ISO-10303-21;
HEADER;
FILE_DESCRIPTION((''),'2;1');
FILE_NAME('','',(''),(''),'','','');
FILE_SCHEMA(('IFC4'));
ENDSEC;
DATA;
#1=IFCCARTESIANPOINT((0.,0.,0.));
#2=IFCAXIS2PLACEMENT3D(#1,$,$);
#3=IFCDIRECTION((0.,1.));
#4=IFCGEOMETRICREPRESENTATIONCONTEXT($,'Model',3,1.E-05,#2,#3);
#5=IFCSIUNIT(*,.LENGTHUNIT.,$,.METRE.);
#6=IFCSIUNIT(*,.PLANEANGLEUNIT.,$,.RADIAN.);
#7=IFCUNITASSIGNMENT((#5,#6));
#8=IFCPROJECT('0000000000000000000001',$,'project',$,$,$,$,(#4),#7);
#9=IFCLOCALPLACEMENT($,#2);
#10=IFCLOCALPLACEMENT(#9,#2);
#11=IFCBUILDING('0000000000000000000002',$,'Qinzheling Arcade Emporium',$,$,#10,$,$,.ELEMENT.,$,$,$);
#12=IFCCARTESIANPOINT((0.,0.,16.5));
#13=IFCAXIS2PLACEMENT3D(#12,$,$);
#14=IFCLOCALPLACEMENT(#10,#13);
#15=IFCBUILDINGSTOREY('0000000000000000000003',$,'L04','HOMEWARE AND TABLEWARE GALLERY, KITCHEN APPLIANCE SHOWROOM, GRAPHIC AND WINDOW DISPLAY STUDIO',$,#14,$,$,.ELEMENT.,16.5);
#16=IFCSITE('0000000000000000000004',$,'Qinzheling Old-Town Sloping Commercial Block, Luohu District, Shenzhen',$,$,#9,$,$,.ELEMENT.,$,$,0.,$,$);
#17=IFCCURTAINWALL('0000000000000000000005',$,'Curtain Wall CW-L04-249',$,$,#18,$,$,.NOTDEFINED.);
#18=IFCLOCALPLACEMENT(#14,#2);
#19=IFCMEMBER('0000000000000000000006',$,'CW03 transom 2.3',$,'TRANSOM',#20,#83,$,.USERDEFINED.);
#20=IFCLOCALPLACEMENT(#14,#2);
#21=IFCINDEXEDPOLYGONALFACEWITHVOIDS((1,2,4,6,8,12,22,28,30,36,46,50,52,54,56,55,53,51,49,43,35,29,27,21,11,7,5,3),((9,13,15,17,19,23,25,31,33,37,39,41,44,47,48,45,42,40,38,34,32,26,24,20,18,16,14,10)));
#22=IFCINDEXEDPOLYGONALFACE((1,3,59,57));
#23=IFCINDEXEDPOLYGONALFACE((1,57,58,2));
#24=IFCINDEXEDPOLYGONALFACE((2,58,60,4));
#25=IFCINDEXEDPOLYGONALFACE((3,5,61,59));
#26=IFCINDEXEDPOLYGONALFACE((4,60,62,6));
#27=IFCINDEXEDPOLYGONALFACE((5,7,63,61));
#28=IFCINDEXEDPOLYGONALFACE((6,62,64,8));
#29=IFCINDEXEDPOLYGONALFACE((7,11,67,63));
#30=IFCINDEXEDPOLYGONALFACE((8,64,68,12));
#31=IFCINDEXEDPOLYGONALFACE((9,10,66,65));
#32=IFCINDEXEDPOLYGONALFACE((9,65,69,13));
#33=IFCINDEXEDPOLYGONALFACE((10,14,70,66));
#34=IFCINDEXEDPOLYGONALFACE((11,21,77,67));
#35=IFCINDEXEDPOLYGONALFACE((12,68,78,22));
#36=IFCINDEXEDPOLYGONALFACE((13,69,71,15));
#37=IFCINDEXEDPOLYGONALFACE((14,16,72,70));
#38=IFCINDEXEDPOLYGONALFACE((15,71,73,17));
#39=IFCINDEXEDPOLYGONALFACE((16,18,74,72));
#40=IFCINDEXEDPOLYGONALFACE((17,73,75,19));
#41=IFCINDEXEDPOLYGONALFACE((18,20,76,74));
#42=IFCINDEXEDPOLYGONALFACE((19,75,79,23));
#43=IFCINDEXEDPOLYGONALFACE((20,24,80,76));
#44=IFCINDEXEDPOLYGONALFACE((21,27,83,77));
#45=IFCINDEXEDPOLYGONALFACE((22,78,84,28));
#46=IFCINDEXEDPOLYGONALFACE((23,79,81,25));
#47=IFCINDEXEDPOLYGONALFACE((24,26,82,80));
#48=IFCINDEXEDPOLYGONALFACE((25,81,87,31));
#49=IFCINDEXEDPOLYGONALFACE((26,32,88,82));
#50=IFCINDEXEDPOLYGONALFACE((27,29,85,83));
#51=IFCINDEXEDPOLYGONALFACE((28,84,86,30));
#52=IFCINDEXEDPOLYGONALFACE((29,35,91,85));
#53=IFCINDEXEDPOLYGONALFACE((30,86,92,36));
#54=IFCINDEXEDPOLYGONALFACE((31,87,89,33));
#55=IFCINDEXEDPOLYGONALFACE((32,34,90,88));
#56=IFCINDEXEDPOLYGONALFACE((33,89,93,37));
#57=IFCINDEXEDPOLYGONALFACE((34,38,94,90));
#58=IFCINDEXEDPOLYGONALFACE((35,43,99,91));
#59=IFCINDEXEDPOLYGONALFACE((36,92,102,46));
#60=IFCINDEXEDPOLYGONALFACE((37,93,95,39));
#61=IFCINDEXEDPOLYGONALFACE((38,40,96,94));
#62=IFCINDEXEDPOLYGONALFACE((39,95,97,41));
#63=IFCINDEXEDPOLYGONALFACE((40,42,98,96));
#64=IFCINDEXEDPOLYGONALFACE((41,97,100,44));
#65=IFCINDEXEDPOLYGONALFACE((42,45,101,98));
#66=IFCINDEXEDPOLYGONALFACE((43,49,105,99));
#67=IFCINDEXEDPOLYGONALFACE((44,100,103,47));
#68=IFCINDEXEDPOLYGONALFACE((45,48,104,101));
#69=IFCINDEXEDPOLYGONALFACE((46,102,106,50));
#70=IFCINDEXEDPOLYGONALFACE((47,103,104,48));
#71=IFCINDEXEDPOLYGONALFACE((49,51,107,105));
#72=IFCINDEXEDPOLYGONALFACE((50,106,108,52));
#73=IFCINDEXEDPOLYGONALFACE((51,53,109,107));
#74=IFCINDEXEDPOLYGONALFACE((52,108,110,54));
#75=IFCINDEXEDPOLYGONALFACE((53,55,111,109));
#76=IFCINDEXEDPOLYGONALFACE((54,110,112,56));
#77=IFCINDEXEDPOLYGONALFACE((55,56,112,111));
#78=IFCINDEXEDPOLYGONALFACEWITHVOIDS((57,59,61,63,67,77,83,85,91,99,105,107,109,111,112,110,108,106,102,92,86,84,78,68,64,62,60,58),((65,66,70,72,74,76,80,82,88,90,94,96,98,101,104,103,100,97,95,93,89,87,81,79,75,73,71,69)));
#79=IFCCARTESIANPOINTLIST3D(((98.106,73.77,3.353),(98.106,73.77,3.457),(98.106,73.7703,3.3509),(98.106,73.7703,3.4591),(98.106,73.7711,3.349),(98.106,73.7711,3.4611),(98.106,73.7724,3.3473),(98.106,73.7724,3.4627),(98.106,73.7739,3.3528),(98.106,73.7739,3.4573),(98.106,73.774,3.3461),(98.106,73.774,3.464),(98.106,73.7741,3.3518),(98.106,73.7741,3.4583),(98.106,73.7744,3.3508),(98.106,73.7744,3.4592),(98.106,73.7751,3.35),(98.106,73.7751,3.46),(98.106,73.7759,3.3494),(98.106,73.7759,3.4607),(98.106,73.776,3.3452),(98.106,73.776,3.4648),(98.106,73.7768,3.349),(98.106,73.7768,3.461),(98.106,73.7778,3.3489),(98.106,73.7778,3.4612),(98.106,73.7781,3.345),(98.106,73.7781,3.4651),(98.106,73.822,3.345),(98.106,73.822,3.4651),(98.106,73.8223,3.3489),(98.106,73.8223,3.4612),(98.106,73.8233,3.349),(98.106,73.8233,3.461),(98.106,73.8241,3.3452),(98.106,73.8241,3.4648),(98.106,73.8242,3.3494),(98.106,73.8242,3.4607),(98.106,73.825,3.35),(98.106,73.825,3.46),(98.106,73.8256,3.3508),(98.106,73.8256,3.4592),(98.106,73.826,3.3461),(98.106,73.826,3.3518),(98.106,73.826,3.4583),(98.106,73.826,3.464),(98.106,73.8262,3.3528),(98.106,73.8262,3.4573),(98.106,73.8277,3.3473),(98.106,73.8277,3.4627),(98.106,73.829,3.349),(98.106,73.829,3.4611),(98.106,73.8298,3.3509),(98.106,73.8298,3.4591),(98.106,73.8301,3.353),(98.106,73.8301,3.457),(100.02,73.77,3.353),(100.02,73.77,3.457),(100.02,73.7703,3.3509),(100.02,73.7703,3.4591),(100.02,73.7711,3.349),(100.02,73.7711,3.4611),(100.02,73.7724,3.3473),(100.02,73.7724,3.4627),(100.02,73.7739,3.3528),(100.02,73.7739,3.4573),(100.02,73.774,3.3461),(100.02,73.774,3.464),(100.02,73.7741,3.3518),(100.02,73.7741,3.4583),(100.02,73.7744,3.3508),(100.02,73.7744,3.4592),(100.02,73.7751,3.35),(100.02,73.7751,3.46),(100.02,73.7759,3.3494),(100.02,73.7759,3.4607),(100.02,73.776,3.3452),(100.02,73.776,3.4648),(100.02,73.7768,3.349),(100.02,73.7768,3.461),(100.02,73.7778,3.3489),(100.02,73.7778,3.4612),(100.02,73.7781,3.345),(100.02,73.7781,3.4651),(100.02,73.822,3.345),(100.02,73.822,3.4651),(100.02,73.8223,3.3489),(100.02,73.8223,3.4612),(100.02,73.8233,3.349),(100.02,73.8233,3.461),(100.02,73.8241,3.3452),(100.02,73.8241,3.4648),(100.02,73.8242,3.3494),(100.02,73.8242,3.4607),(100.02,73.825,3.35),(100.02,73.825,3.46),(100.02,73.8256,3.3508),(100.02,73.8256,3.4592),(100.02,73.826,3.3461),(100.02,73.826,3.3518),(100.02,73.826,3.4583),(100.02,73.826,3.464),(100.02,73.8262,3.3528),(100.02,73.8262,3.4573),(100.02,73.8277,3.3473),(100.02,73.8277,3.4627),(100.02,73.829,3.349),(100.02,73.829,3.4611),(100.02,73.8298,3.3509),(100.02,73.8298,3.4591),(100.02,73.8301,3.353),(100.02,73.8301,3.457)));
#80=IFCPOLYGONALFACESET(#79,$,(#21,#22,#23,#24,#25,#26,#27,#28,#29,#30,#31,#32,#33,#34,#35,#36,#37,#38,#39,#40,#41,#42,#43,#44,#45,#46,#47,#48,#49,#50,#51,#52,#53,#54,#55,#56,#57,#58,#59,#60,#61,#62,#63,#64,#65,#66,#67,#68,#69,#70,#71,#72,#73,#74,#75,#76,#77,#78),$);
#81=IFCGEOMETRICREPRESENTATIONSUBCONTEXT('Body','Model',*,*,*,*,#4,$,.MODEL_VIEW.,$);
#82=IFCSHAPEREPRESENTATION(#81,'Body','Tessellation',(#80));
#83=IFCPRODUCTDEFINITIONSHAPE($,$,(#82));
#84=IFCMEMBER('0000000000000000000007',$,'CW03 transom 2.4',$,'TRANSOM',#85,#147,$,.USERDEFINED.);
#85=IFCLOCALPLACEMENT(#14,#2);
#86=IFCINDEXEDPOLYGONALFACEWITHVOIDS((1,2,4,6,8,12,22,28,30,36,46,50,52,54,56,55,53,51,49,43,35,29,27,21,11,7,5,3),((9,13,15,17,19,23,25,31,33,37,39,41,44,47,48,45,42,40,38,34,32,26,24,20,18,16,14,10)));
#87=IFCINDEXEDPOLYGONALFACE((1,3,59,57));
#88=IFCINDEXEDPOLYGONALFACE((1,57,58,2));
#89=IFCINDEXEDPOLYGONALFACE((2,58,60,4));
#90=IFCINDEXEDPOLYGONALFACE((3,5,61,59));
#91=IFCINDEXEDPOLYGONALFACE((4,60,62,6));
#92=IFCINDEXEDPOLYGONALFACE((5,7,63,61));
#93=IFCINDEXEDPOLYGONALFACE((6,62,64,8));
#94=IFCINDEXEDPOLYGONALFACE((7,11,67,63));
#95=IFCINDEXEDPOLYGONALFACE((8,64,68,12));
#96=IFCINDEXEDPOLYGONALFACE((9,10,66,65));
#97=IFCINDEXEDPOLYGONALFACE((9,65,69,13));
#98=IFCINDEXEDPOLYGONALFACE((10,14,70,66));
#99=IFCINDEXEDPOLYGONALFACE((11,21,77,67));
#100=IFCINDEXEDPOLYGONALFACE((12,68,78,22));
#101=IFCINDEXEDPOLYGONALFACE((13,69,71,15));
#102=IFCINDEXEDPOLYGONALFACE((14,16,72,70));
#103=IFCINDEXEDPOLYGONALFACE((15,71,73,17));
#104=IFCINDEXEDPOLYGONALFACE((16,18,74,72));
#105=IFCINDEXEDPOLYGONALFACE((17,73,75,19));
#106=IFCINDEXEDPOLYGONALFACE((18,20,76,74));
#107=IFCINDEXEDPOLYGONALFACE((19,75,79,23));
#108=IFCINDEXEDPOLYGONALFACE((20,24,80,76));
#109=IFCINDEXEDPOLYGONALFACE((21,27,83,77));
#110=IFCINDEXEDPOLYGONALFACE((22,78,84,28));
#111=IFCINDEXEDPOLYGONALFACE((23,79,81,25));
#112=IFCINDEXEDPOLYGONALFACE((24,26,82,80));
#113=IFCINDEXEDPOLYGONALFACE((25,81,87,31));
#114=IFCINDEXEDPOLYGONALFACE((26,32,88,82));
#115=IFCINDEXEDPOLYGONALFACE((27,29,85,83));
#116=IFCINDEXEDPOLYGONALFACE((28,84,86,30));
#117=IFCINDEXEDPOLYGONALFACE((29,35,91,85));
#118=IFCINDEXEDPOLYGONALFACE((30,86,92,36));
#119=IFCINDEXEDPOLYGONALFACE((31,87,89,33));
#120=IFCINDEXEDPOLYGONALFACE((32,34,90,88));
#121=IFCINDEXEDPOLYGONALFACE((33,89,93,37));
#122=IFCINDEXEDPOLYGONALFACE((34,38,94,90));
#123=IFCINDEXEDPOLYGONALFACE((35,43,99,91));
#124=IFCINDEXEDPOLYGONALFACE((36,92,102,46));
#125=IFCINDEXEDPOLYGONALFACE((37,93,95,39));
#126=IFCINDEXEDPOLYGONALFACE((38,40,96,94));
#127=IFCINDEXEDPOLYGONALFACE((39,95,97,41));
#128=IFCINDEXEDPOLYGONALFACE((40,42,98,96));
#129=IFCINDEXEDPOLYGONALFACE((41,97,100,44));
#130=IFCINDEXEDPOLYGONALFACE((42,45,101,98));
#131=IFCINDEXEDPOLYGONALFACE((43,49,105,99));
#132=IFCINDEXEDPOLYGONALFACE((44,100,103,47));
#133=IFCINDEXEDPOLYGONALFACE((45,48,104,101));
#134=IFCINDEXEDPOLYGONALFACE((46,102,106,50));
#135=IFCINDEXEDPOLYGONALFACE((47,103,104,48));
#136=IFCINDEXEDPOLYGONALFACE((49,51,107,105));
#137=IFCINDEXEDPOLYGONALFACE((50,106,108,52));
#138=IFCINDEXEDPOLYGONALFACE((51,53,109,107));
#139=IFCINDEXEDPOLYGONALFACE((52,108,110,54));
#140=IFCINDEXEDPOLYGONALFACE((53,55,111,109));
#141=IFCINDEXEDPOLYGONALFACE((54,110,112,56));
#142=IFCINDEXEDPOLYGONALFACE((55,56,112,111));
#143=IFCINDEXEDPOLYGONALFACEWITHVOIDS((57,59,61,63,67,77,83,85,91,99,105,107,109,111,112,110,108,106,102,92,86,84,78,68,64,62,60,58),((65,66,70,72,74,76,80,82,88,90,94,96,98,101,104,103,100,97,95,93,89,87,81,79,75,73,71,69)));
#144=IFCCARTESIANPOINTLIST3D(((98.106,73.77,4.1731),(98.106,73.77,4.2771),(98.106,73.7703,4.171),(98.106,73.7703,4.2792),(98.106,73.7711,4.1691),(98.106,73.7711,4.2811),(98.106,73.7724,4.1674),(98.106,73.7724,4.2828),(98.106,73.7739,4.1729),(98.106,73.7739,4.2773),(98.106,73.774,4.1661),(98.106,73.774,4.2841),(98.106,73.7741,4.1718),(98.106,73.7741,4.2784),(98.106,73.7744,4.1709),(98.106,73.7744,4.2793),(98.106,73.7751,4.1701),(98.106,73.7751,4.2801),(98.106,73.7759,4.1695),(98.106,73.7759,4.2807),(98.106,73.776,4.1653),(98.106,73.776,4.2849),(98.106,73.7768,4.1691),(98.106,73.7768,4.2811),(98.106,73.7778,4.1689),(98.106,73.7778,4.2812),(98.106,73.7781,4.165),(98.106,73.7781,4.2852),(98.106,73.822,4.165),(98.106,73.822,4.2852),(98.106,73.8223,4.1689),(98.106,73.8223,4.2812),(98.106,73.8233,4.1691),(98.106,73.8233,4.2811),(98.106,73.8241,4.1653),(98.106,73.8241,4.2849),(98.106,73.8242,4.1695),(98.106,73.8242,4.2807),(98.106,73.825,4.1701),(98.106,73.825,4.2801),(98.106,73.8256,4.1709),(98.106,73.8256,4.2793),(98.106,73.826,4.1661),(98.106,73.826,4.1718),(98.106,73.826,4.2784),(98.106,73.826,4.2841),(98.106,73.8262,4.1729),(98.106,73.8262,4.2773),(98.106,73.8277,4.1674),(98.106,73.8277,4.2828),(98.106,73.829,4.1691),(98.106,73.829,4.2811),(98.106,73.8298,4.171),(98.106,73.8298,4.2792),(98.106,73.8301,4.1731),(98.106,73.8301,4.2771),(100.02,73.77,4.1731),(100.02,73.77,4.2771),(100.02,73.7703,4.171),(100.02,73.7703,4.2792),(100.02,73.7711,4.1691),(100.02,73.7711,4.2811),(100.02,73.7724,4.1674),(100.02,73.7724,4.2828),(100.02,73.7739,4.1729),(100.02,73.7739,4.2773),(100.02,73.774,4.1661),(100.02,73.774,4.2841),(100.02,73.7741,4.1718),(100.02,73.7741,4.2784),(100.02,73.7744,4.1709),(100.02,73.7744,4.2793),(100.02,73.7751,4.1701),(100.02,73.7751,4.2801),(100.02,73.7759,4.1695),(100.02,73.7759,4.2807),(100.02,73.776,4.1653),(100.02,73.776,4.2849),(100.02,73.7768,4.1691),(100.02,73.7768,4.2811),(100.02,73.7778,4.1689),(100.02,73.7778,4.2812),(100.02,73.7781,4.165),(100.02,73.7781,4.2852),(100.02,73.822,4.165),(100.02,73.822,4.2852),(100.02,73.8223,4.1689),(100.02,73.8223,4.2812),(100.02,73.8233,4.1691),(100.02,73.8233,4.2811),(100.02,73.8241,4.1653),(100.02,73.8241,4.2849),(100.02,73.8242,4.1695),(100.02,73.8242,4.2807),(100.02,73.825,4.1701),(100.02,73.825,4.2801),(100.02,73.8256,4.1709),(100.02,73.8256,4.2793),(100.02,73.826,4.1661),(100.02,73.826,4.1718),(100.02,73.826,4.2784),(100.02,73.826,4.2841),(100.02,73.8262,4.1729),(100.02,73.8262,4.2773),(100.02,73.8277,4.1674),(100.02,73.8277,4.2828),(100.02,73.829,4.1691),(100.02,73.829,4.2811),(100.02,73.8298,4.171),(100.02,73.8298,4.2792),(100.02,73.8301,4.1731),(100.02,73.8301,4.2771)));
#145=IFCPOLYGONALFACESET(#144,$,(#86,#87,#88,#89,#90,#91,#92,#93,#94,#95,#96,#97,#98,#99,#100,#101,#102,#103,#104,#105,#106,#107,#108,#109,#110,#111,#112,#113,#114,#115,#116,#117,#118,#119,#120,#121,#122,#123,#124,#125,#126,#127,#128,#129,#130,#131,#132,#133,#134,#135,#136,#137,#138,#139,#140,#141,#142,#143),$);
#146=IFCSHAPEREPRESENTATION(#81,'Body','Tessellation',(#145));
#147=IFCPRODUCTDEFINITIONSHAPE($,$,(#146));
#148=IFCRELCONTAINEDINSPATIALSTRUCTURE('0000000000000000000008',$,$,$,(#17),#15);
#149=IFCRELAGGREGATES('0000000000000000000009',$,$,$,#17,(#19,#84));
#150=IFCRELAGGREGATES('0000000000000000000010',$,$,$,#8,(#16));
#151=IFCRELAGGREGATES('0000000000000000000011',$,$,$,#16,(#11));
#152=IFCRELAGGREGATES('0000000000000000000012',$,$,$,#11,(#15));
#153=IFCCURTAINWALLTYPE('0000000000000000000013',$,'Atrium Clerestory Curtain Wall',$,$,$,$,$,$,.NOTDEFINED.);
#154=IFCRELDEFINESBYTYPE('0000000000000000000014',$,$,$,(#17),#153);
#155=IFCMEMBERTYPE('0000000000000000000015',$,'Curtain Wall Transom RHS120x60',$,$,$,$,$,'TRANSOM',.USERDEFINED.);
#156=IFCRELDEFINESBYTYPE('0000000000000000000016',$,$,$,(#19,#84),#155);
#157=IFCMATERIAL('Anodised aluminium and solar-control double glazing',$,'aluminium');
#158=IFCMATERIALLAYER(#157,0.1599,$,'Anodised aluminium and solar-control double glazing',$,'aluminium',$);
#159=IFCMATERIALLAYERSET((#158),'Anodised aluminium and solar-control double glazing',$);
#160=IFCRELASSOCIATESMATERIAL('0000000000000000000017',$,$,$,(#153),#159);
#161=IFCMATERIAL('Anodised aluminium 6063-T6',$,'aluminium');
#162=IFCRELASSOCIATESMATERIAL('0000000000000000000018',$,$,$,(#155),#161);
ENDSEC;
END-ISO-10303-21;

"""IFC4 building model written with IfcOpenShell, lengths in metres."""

from ifc_helpers import new_model, si_unit, direction, frame, origin, origin_2d, place, context, subcontext, project, spatial, hollow_rectangle, extrude, material, layer, layer_set, material_profile, profile_set, type_object, element, aggregate, save


model = new_model("IFC4")

# Units and contexts
model_context = context("Model", 3, precision=1e-05, world=origin(), true_north=direction((0.0, 1.0)))
body_context = subcontext(model_context, "Body", "Model", "MODEL_VIEW")
ifc_project = project(units=[si_unit("LENGTHUNIT", "METRE"), si_unit("PLANEANGLEUNIT", "RADIAN")], contexts=[model_context])

# Site, building, storey
site_placement = place(None, origin())
site = spatial("IfcSite", under=ifc_project, at=site_placement, Name="Qinzheling Old-Town Sloping Commercial Block, Luohu District, Shenzhen", CompositionType="ELEMENT", RefElevation=0.0)
building_placement = place(site_placement, origin())
building = spatial("IfcBuilding", under=site, at=building_placement, Name="Qinzheling Arcade Emporium", CompositionType="ELEMENT")
storey_placement = place(building_placement, frame((0.0, 0.0, 16.5)))
storey = spatial("IfcBuildingStorey", under=building, at=storey_placement, Name="L04", Description="HOMEWARE AND TABLEWARE GALLERY, KITCHEN APPLIANCE SHOWROOM, GRAPHIC AND WINDOW DISPLAY STUDIO", CompositionType="ELEMENT", Elevation=16.5)

# Shared definitions
ifc_material_1 = material(Name="Anodised aluminium and solar-control double glazing", Category="aluminium")
ifc_layer_1 = layer(ifc_material_1, 0.1599, Name="Anodised aluminium and solar-control double glazing", Category="aluminium")
ifc_layer_set_1 = layer_set([ifc_layer_1], Name="Anodised aluminium and solar-control double glazing")
curtain_wall_type = type_object("IfcCurtainWallType", Name="Atrium Clerestory Curtain Wall", PredefinedType="NOTDEFINED", material=ifc_layer_set_1)
ifc_material_2 = material(Name="Anodised aluminium 6063-T6", Category="aluminium")

# Curtain wall, members
curtain_wall_1_placement = place(storey_placement, origin())
curtain_wall_1 = element("IfcCurtainWall", 1, at=curtain_wall_1_placement, inside=storey, type_object=curtain_wall_type, Name="Curtain Wall CW-L04-249", PredefinedType="NOTDEFINED")
ifc_material_profile_1 = material_profile(ifc_material_2, hollow_rectangle(XDim=0.0601, YDim=0.1201, WallThickness=0.0039, InnerFilletRadius=0.0039, OuterFilletRadius=0.0081, at=origin_2d()), Name="RHS 120x60x4", Category="aluminium")
ifc_profile_set_1 = profile_set([ifc_material_profile_1], Name="Anodised aluminium 6063-T6")
member_type_1 = type_object("IfcMemberType", Name="Curtain Wall Transom RHS120x60", ElementType="TRANSOM", PredefinedType="USERDEFINED", material=ifc_profile_set_1)
member_1_placement = place(storey_placement, frame((98.106, 73.8, 3.405), z_axis=(1.0, 0.0, 0.0), x_axis=(0.0, 1.0, 0.0)))
member_1 = element("IfcMember", 2, at=member_1_placement, type_object=member_type_1, Name="CW03 transom 2.3", ObjectType="TRANSOM", PredefinedType="USERDEFINED", context=body_context, shape_type="SweptSolid", body=[
    extrude(hollow_rectangle(XDim=0.0601, YDim=0.1201, WallThickness=0.0039, InnerFilletRadius=0.0039, OuterFilletRadius=0.0081, at=origin_2d()), origin(), (0.0, 0.0, 1.0), 1.9141),
])
member_2_placement = place(storey_placement, frame((98.106, 73.8, 4.2251), z_axis=(1.0, 0.0, 0.0), x_axis=(0.0, 1.0, 0.0)))
member_2 = element("IfcMember", 3, at=member_2_placement, type_object=member_type_1, Name="CW03 transom 2.4", ObjectType="TRANSOM", PredefinedType="USERDEFINED", context=body_context, shape_type="SweptSolid", body=[
    extrude(hollow_rectangle(XDim=0.0601, YDim=0.1201, WallThickness=0.0039, InnerFilletRadius=0.0039, OuterFilletRadius=0.0081, at=origin_2d()), origin(), (0.0, 0.0, 1.0), 1.9141),
])

aggregate(curtain_wall_1, [member_1, member_2])

save(model, "model.ifc")
